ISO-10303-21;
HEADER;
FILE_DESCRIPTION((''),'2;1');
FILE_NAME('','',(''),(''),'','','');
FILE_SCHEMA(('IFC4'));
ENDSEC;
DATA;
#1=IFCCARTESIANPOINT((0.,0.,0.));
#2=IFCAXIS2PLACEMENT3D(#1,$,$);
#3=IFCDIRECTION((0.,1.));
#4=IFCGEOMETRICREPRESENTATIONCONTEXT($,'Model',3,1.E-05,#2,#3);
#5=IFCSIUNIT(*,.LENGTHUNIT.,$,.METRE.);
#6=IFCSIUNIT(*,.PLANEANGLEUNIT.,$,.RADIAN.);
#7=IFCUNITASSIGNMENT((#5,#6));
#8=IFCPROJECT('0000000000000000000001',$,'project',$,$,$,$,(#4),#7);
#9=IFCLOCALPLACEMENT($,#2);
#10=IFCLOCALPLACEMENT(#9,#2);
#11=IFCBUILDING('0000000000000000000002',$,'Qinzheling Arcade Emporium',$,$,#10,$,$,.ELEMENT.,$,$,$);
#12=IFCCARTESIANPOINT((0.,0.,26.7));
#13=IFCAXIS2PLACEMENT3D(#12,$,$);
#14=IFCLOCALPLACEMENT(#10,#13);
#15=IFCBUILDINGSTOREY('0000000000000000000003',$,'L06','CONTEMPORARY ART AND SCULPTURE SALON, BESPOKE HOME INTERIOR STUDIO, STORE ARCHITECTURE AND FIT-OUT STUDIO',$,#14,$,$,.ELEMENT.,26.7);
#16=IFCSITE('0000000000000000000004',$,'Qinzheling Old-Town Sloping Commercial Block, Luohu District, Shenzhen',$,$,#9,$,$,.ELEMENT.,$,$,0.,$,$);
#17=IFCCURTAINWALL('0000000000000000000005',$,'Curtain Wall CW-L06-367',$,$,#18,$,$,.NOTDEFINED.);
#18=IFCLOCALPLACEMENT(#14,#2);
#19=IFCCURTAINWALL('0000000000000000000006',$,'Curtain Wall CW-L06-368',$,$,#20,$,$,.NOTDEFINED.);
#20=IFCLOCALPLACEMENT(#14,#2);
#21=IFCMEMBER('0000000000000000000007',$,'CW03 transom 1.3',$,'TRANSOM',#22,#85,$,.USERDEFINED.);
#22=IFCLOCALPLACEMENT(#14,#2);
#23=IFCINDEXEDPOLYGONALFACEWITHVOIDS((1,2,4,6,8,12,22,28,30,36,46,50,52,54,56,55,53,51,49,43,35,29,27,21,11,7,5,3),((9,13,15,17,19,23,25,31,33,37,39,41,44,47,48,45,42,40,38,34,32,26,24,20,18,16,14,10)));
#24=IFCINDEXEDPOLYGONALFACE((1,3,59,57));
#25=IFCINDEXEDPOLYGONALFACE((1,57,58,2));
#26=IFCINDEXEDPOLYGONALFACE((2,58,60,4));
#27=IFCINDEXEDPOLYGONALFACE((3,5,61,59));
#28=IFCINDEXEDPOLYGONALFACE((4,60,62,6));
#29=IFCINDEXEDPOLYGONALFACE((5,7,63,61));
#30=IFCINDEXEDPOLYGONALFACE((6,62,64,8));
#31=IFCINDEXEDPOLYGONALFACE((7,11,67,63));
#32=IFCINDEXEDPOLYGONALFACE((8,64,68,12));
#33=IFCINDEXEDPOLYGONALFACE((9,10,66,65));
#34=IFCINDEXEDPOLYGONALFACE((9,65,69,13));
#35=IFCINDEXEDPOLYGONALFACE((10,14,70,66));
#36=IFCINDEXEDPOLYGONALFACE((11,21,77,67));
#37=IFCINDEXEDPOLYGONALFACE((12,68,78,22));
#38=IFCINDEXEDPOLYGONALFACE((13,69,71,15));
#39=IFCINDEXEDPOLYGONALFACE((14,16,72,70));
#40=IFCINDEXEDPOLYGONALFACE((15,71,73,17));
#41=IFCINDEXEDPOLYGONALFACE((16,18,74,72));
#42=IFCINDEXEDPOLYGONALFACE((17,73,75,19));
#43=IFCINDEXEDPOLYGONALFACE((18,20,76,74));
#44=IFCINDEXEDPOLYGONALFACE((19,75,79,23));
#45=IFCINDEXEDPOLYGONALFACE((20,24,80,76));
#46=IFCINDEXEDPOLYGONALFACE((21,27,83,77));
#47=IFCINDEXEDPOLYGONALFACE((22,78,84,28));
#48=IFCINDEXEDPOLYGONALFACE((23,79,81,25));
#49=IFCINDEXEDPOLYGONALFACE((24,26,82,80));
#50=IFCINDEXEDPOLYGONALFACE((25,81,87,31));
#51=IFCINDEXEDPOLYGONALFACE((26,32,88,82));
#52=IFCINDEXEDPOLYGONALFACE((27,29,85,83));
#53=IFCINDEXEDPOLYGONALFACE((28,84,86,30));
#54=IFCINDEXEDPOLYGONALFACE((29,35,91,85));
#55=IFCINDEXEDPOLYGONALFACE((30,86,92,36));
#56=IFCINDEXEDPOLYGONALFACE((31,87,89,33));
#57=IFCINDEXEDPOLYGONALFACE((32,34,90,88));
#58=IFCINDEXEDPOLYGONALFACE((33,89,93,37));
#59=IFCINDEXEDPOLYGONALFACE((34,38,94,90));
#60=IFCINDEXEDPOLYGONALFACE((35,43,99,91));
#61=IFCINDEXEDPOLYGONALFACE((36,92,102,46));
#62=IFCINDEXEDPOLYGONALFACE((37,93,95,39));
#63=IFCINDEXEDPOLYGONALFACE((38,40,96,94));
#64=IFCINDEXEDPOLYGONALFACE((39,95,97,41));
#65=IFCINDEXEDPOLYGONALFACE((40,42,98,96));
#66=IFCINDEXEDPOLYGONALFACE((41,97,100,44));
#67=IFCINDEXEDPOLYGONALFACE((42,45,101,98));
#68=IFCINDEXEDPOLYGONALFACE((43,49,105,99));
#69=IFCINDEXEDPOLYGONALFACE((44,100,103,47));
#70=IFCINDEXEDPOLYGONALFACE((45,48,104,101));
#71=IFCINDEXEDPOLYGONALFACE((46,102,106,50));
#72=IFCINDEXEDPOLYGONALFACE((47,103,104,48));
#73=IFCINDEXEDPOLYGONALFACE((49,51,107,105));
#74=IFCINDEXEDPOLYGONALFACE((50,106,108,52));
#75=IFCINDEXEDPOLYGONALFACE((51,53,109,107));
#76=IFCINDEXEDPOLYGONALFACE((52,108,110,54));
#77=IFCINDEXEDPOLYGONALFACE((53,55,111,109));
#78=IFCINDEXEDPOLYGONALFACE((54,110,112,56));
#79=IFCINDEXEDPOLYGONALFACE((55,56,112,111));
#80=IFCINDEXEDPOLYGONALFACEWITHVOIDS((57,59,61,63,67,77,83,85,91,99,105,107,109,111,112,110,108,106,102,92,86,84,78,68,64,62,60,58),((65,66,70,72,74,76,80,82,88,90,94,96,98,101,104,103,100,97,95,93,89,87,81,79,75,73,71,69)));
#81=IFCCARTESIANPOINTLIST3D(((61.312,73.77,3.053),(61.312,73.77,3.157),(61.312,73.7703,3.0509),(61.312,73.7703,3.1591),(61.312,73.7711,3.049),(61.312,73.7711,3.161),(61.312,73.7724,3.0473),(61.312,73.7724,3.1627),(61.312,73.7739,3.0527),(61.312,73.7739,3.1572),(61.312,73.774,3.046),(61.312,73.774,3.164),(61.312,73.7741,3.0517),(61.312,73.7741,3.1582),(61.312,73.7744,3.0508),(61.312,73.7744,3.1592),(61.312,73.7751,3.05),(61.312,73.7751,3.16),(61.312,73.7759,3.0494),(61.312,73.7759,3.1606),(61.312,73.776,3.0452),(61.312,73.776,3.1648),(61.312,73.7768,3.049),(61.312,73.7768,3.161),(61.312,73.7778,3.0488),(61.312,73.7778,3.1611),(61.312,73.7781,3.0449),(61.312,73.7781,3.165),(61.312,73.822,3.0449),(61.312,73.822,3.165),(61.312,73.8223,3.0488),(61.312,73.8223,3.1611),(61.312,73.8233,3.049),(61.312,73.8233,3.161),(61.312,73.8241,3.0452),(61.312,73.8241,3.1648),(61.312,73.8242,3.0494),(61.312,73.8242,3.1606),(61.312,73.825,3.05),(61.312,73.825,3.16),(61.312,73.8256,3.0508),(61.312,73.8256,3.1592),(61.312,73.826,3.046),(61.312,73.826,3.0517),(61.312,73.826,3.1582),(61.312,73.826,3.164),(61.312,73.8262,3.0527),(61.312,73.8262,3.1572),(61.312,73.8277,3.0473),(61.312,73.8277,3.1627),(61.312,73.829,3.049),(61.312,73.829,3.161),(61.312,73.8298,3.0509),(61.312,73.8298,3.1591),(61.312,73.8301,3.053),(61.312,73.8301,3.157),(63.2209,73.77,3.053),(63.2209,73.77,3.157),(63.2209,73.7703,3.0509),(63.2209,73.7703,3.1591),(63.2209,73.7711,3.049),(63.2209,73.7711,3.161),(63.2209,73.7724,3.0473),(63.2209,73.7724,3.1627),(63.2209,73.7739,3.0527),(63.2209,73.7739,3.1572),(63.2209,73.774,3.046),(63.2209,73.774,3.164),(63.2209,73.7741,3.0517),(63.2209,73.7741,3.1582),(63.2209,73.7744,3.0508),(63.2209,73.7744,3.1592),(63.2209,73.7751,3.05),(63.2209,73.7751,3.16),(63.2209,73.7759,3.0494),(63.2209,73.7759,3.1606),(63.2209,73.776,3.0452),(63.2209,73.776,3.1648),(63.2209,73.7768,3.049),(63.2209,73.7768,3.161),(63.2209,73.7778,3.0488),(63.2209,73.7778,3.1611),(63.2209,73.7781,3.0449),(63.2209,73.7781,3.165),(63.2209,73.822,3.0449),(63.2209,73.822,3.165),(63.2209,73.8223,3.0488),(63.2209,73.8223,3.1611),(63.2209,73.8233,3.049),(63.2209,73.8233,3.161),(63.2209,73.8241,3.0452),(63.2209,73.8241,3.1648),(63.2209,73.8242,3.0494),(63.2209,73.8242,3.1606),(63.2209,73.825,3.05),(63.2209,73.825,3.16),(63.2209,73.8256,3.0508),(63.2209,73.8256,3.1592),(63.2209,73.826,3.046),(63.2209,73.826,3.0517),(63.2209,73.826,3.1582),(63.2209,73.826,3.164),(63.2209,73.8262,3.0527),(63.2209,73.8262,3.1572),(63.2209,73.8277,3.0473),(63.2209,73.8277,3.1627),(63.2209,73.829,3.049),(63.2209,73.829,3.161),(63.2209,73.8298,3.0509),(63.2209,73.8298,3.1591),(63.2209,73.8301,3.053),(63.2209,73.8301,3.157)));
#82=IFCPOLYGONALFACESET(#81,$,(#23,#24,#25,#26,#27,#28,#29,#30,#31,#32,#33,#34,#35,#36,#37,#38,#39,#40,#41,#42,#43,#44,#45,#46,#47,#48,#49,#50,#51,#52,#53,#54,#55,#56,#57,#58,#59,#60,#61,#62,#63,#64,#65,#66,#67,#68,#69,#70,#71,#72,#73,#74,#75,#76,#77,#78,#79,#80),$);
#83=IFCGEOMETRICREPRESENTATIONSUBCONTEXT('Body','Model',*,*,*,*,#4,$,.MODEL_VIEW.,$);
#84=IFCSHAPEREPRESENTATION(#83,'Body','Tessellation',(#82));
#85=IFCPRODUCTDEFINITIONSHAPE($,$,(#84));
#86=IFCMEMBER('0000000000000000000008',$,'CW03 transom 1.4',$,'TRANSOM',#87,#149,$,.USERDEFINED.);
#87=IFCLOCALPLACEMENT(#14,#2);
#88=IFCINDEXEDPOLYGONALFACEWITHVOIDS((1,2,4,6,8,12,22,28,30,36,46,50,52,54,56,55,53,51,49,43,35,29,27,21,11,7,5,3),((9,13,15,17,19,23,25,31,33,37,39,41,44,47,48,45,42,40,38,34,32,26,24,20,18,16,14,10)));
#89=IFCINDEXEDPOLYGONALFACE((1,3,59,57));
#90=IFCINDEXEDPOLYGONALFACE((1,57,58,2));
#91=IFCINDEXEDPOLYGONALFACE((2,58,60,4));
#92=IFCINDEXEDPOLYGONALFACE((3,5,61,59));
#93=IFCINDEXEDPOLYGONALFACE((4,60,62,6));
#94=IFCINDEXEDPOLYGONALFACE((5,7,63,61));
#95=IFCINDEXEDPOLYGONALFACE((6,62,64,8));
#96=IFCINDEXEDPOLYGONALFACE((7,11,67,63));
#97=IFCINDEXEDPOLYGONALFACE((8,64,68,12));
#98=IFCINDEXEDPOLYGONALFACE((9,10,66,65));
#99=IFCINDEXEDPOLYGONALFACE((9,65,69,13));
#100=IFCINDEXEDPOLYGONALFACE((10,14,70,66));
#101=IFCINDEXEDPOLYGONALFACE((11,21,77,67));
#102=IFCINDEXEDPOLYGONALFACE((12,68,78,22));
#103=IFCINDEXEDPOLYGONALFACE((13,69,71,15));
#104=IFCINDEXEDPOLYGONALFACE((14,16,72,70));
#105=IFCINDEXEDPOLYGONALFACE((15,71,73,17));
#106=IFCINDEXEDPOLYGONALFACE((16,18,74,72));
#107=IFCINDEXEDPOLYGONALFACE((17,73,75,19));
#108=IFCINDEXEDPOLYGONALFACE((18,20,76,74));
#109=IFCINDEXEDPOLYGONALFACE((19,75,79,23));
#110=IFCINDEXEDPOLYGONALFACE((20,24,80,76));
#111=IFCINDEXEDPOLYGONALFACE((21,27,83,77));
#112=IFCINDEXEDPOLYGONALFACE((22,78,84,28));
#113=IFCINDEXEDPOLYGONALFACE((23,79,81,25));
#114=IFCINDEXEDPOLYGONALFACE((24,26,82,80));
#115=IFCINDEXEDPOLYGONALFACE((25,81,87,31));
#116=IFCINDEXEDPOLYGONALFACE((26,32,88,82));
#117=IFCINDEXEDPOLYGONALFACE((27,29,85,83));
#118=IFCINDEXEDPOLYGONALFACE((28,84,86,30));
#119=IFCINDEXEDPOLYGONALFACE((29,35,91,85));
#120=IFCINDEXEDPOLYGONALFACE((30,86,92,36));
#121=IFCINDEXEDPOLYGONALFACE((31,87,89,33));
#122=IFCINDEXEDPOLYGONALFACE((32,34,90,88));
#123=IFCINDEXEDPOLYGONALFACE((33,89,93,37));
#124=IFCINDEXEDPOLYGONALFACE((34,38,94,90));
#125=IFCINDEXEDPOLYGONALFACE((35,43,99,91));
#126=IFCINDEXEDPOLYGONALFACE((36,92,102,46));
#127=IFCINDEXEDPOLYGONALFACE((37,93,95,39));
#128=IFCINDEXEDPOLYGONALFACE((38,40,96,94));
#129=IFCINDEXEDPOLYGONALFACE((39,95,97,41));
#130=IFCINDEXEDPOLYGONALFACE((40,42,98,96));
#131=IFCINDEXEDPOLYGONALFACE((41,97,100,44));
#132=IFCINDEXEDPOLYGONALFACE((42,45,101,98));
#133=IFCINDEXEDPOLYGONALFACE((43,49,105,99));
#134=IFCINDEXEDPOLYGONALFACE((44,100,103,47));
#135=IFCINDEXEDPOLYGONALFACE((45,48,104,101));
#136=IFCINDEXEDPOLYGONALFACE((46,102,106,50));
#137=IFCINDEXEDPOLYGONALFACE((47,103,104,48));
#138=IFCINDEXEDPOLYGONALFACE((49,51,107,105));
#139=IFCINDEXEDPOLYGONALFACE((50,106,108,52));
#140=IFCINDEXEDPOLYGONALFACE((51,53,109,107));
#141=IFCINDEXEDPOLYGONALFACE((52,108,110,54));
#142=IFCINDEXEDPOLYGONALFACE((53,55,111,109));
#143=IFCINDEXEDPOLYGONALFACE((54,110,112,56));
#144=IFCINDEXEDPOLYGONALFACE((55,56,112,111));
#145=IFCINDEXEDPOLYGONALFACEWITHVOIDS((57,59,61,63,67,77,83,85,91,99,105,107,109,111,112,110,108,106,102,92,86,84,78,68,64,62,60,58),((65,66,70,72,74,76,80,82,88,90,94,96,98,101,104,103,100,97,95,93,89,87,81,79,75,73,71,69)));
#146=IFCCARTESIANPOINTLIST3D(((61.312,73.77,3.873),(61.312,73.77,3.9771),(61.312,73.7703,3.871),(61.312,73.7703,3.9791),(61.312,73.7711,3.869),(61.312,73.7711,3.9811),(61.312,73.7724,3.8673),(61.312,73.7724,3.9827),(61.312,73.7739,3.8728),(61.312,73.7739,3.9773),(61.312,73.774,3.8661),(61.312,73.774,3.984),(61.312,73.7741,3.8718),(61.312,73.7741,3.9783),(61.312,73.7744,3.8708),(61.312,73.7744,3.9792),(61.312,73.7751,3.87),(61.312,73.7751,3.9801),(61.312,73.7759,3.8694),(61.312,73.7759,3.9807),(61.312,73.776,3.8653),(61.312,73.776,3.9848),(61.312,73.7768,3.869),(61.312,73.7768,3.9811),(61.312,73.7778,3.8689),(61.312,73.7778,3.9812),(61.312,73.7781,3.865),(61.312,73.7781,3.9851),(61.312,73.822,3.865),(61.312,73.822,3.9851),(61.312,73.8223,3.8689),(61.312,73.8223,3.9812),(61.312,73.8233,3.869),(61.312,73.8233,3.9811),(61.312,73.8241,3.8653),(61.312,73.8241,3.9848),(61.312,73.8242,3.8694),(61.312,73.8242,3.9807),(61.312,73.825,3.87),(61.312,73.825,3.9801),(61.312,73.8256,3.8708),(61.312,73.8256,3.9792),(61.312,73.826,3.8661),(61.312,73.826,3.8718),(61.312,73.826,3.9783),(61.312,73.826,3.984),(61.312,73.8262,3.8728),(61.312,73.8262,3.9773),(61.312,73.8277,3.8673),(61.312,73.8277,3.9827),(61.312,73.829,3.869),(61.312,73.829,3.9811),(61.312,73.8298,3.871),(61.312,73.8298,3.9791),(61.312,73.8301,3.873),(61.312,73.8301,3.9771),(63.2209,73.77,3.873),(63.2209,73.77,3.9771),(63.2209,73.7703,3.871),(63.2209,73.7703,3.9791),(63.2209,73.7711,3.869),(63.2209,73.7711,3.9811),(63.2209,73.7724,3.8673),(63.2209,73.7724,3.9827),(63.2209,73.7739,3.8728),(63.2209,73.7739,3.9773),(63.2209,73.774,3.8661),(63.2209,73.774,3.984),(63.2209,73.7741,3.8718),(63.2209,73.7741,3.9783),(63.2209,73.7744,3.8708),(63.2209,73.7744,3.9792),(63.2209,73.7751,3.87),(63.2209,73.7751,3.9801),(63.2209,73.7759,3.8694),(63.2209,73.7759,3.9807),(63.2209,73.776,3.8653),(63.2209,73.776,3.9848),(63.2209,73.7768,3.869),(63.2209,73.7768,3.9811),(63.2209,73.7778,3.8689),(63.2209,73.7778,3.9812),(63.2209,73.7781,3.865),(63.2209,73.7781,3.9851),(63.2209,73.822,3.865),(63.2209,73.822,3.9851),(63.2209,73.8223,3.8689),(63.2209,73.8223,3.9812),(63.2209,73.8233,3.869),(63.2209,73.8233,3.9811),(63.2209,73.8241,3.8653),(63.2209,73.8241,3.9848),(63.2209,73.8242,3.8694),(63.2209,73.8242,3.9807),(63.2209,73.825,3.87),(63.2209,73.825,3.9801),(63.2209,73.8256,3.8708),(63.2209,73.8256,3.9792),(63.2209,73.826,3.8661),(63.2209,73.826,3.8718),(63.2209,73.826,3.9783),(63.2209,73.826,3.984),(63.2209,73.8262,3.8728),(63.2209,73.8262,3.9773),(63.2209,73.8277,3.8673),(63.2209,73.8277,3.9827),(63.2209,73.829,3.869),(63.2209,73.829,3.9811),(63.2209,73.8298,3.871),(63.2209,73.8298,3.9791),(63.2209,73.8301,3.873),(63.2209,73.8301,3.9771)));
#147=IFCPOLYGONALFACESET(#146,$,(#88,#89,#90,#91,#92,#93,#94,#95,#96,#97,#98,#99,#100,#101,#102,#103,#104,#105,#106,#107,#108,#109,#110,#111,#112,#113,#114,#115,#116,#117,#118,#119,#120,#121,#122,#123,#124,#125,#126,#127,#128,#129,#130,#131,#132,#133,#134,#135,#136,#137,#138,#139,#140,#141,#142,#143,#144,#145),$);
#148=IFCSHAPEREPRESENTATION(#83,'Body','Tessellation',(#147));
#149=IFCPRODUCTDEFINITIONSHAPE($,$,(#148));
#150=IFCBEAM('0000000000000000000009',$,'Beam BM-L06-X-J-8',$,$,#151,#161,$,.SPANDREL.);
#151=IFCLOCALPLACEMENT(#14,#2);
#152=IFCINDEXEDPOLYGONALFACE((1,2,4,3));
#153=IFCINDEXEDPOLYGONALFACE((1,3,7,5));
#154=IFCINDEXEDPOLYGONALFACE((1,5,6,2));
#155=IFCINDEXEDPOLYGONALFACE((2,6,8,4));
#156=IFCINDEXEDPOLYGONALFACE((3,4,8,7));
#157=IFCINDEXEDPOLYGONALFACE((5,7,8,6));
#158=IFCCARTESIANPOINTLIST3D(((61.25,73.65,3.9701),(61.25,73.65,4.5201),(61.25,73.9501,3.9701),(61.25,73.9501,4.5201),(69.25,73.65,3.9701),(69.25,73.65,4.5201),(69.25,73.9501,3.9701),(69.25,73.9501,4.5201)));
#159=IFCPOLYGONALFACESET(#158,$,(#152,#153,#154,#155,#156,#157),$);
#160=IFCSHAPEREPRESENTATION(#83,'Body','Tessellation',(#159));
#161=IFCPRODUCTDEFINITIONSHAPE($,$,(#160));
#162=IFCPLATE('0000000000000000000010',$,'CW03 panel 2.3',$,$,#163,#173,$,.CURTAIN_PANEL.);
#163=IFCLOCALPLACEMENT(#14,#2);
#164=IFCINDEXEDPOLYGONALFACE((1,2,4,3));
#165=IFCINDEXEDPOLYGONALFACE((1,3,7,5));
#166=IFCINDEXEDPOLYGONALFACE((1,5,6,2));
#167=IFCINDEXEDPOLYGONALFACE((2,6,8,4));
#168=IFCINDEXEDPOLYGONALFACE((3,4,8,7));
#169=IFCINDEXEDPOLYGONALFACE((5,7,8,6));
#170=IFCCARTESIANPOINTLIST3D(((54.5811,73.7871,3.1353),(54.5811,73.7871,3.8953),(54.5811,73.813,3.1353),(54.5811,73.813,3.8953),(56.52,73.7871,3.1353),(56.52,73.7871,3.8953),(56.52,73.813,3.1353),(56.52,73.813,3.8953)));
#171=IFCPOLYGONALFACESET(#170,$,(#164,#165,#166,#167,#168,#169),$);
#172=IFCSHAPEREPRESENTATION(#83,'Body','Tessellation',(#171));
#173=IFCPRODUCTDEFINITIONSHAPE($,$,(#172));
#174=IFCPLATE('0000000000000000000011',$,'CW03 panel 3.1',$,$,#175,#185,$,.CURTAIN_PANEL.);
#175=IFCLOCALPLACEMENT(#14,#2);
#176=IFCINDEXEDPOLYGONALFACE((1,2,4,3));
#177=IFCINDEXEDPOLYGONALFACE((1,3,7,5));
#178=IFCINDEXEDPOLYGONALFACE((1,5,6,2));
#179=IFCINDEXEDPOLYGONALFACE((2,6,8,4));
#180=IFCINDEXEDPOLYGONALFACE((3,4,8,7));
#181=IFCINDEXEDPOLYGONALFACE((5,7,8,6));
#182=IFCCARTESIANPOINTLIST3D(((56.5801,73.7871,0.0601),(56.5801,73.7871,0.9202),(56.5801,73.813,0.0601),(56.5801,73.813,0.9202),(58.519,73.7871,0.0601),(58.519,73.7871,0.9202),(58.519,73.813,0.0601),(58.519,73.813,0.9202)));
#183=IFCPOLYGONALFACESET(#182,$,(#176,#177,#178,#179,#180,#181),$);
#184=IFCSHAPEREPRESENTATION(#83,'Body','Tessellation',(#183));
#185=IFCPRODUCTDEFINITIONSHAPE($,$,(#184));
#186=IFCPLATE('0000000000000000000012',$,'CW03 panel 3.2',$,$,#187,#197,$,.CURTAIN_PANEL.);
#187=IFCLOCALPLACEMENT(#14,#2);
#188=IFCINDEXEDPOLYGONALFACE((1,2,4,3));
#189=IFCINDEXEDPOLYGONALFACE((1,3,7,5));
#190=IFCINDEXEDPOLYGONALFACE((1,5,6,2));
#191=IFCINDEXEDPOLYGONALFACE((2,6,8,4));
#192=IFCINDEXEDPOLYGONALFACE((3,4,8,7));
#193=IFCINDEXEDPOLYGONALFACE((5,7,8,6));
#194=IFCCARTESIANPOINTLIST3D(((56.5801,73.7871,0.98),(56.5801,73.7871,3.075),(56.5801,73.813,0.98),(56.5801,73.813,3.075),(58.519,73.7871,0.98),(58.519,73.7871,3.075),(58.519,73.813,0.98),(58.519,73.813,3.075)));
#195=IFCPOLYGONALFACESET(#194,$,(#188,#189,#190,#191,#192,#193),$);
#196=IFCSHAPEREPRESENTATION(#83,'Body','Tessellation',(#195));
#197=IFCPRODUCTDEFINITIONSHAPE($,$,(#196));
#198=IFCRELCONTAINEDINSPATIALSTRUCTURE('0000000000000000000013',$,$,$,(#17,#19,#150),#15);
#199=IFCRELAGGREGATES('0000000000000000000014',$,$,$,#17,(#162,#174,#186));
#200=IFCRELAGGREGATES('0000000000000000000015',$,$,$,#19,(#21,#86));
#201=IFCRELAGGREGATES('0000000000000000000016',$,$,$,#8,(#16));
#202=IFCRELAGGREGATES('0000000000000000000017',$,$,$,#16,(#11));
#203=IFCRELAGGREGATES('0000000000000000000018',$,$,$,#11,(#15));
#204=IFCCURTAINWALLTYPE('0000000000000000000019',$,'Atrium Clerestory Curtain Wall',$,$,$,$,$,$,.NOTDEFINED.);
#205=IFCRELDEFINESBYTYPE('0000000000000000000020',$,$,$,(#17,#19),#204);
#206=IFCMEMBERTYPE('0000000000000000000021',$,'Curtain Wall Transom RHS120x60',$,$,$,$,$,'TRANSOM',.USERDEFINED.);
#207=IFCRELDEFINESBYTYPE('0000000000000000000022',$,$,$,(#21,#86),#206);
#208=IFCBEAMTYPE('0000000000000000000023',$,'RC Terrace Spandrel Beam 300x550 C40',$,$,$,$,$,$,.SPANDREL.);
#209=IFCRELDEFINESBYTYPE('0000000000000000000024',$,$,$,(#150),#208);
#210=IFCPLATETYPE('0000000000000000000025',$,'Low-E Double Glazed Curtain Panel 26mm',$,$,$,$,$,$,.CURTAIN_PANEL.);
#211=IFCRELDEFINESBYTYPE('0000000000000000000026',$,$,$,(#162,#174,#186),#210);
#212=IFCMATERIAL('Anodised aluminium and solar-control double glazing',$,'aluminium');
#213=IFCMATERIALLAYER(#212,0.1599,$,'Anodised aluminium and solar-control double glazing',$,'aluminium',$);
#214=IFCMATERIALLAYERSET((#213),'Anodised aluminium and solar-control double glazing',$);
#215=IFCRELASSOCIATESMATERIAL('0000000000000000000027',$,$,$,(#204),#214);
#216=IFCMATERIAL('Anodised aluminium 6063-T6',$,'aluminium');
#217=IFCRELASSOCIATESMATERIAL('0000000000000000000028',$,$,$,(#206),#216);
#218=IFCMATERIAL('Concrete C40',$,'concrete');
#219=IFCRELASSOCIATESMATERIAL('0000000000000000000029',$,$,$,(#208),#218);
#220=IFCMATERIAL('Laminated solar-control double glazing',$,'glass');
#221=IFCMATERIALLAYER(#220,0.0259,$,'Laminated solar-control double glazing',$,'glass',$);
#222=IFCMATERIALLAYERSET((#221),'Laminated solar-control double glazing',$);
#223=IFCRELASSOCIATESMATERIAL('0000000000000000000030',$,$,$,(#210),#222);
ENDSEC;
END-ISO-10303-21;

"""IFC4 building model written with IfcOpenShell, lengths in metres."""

from ifc_helpers import new_model, si_unit, direction, frame, origin, origin_2d, place, context, subcontext, project, spatial, rectangle, hollow_rectangle, extrude, material, layer, layer_set, material_profile, profile_set, type_object, element, aggregate, save


model = new_model("IFC4")

# Units and contexts
model_context = context("Model", 3, precision=1e-05, world=origin(), true_north=direction((0.0, 1.0)))
body_context = subcontext(model_context, "Body", "Model", "MODEL_VIEW")
ifc_project = project(units=[si_unit("LENGTHUNIT", "METRE"), si_unit("PLANEANGLEUNIT", "RADIAN")], contexts=[model_context])

# Site, building, storey
site_placement = place(None, origin())
site = spatial("IfcSite", under=ifc_project, at=site_placement, Name="Qinzheling Old-Town Sloping Commercial Block, Luohu District, Shenzhen", CompositionType="ELEMENT", RefElevation=0.0)
building_placement = place(site_placement, origin())
building = spatial("IfcBuilding", under=site, at=building_placement, Name="Qinzheling Arcade Emporium", CompositionType="ELEMENT")
storey_placement = place(building_placement, frame((0.0, 0.0, 26.7)))
storey = spatial("IfcBuildingStorey", under=building, at=storey_placement, Name="L06", Description="CONTEMPORARY ART AND SCULPTURE SALON, BESPOKE HOME INTERIOR STUDIO, STORE ARCHITECTURE AND FIT-OUT STUDIO", CompositionType="ELEMENT", Elevation=26.7)

# Shared definitions
ifc_material_1 = material(Name="Concrete C40", Category="concrete")

# Curtain wall
ifc_material_2 = material(Name="Anodised aluminium and solar-control double glazing", Category="aluminium")
ifc_layer_1 = layer(ifc_material_2, 0.1599, Name="Anodised aluminium and solar-control double glazing", Category="aluminium")
ifc_layer_set_1 = layer_set([ifc_layer_1], Name="Anodised aluminium and solar-control double glazing")
curtain_wall_type = type_object("IfcCurtainWallType", Name="Atrium Clerestory Curtain Wall", PredefinedType="NOTDEFINED", material=ifc_layer_set_1)
curtain_wall_1_placement = place(storey_placement, origin())
curtain_wall_1 = element("IfcCurtainWall", 1, at=curtain_wall_1_placement, inside=storey, type_object=curtain_wall_type, Name="Curtain Wall CW-L06-367", PredefinedType="NOTDEFINED")
ifc_material_3 = material(Name="Anodised aluminium 6063-T6", Category="aluminium")

# Curtain wall
curtain_wall_2_placement = place(storey_placement, origin())
curtain_wall_2 = element("IfcCurtainWall", 2, at=curtain_wall_2_placement, inside=storey, type_object=curtain_wall_type, Name="Curtain Wall CW-L06-368", PredefinedType="NOTDEFINED")

# Members
ifc_material_profile_1 = material_profile(ifc_material_3, hollow_rectangle(XDim=0.0601, YDim=0.1201, WallThickness=0.0039, InnerFilletRadius=0.0039, OuterFilletRadius=0.0081, at=origin_2d()), Name="RHS 120x60x4", Category="aluminium")
ifc_profile_set_1 = profile_set([ifc_material_profile_1], Name="Anodised aluminium 6063-T6")
member_type_1 = type_object("IfcMemberType", Name="Curtain Wall Transom RHS120x60", ElementType="TRANSOM", PredefinedType="USERDEFINED", material=ifc_profile_set_1)
member_1_placement = place(storey_placement, frame((61.312, 73.8, 3.105), z_axis=(1.0, 0.0, 0.0), x_axis=(0.0, 1.0, 0.0)))
member_1 = element("IfcMember", 3, at=member_1_placement, type_object=member_type_1, Name="CW03 transom 1.3", ObjectType="TRANSOM", PredefinedType="USERDEFINED", context=body_context, shape_type="SweptSolid", body=[
    extrude(hollow_rectangle(XDim=0.0601, YDim=0.1201, WallThickness=0.0039, InnerFilletRadius=0.0039, OuterFilletRadius=0.0081, at=origin_2d()), origin(), (0.0, 0.0, 1.0), 1.9089),
])
member_2_placement = place(storey_placement, frame((61.312, 73.8, 3.925), z_axis=(1.0, 0.0, 0.0), x_axis=(0.0, 1.0, 0.0)))
member_2 = element("IfcMember", 4, at=member_2_placement, type_object=member_type_1, Name="CW03 transom 1.4", ObjectType="TRANSOM", PredefinedType="USERDEFINED", context=body_context, shape_type="SweptSolid", body=[
    extrude(hollow_rectangle(XDim=0.0601, YDim=0.1201, WallThickness=0.0039, InnerFilletRadius=0.0039, OuterFilletRadius=0.0081, at=origin_2d()), origin(), (0.0, 0.0, 1.0), 1.9089),
])

# Beam
ifc_material_profile_2 = material_profile(ifc_material_1, rectangle(XDim=0.3, YDim=0.55, at=origin_2d()), Name="RC 300x550", Category="concrete")
ifc_profile_set_2 = profile_set([ifc_material_profile_2], Name="Concrete C40")
beam_type = type_object("IfcBeamType", Name="RC Terrace Spandrel Beam 300x550 C40", PredefinedType="SPANDREL", material=ifc_profile_set_2)
beam_placement = place(storey_placement, frame((61.25, 73.8, 4.2451), z_axis=(1.0, 0.0, 0.0), x_axis=(0.0, 1.0, 0.0)))
element("IfcBeam", 5, at=beam_placement, inside=storey, type_object=beam_type, Name="Beam BM-L06-X-J-8", PredefinedType="SPANDREL", context=body_context, shape_type="SweptSolid", body=[
    extrude(rectangle(XDim=0.3, YDim=0.55, at=origin_2d()), origin(), (0.0, 0.0, 1.0), 8.0),
])

# Plates
ifc_material_4 = material(Name="Laminated solar-control double glazing", Category="glass")
ifc_layer_2 = layer(ifc_material_4, 0.0259, Name="Laminated solar-control double glazing", Category="glass")
ifc_layer_set_2 = layer_set([ifc_layer_2], Name="Laminated solar-control double glazing")
plate_type_1 = type_object("IfcPlateType", Name="Low-E Double Glazed Curtain Panel 26mm", PredefinedType="CURTAIN_PANEL", material=ifc_layer_set_2)
plate_1_placement = place(storey_placement, frame((55.5505, 73.8, 3.1353), z_axis=(0.0, 0.0, 1.0), x_axis=(1.0, 0.0, 0.0)))
plate_1 = element("IfcPlate", 6, at=plate_1_placement, type_object=plate_type_1, Name="CW03 panel 2.3", PredefinedType="CURTAIN_PANEL", context=body_context, shape_type="SweptSolid", body=[
    extrude(rectangle(XDim=1.939, YDim=0.0259, at=origin_2d()), origin(), (0.0, 0.0, 1.0), 0.76),
])
plate_2_placement = place(storey_placement, frame((57.5496, 73.8, 0.0601), z_axis=(0.0, 0.0, 1.0), x_axis=(1.0, 0.0, 0.0)))
plate_2 = element("IfcPlate", 7, at=plate_2_placement, type_object=plate_type_1, Name="CW03 panel 3.1", PredefinedType="CURTAIN_PANEL", context=body_context, shape_type="SweptSolid", body=[
    extrude(rectangle(XDim=1.939, YDim=0.0259, at=origin_2d()), origin(), (0.0, 0.0, 1.0), 0.8601),
])
plate_3_placement = place(storey_placement, frame((57.5496, 73.8, 0.98), z_axis=(0.0, 0.0, 1.0), x_axis=(1.0, 0.0, 0.0)))
plate_3 = element("IfcPlate", 8, at=plate_3_placement, type_object=plate_type_1, Name="CW03 panel 3.2", PredefinedType="CURTAIN_PANEL", context=body_context, shape_type="SweptSolid", body=[
    extrude(rectangle(XDim=1.939, YDim=0.0259, at=origin_2d()), origin(), (0.0, 0.0, 1.0), 2.095),
])
aggregate(curtain_wall_1, [plate_1, plate_2, plate_3])
aggregate(curtain_wall_2, [member_1, member_2])

save(model, "model.ifc")
